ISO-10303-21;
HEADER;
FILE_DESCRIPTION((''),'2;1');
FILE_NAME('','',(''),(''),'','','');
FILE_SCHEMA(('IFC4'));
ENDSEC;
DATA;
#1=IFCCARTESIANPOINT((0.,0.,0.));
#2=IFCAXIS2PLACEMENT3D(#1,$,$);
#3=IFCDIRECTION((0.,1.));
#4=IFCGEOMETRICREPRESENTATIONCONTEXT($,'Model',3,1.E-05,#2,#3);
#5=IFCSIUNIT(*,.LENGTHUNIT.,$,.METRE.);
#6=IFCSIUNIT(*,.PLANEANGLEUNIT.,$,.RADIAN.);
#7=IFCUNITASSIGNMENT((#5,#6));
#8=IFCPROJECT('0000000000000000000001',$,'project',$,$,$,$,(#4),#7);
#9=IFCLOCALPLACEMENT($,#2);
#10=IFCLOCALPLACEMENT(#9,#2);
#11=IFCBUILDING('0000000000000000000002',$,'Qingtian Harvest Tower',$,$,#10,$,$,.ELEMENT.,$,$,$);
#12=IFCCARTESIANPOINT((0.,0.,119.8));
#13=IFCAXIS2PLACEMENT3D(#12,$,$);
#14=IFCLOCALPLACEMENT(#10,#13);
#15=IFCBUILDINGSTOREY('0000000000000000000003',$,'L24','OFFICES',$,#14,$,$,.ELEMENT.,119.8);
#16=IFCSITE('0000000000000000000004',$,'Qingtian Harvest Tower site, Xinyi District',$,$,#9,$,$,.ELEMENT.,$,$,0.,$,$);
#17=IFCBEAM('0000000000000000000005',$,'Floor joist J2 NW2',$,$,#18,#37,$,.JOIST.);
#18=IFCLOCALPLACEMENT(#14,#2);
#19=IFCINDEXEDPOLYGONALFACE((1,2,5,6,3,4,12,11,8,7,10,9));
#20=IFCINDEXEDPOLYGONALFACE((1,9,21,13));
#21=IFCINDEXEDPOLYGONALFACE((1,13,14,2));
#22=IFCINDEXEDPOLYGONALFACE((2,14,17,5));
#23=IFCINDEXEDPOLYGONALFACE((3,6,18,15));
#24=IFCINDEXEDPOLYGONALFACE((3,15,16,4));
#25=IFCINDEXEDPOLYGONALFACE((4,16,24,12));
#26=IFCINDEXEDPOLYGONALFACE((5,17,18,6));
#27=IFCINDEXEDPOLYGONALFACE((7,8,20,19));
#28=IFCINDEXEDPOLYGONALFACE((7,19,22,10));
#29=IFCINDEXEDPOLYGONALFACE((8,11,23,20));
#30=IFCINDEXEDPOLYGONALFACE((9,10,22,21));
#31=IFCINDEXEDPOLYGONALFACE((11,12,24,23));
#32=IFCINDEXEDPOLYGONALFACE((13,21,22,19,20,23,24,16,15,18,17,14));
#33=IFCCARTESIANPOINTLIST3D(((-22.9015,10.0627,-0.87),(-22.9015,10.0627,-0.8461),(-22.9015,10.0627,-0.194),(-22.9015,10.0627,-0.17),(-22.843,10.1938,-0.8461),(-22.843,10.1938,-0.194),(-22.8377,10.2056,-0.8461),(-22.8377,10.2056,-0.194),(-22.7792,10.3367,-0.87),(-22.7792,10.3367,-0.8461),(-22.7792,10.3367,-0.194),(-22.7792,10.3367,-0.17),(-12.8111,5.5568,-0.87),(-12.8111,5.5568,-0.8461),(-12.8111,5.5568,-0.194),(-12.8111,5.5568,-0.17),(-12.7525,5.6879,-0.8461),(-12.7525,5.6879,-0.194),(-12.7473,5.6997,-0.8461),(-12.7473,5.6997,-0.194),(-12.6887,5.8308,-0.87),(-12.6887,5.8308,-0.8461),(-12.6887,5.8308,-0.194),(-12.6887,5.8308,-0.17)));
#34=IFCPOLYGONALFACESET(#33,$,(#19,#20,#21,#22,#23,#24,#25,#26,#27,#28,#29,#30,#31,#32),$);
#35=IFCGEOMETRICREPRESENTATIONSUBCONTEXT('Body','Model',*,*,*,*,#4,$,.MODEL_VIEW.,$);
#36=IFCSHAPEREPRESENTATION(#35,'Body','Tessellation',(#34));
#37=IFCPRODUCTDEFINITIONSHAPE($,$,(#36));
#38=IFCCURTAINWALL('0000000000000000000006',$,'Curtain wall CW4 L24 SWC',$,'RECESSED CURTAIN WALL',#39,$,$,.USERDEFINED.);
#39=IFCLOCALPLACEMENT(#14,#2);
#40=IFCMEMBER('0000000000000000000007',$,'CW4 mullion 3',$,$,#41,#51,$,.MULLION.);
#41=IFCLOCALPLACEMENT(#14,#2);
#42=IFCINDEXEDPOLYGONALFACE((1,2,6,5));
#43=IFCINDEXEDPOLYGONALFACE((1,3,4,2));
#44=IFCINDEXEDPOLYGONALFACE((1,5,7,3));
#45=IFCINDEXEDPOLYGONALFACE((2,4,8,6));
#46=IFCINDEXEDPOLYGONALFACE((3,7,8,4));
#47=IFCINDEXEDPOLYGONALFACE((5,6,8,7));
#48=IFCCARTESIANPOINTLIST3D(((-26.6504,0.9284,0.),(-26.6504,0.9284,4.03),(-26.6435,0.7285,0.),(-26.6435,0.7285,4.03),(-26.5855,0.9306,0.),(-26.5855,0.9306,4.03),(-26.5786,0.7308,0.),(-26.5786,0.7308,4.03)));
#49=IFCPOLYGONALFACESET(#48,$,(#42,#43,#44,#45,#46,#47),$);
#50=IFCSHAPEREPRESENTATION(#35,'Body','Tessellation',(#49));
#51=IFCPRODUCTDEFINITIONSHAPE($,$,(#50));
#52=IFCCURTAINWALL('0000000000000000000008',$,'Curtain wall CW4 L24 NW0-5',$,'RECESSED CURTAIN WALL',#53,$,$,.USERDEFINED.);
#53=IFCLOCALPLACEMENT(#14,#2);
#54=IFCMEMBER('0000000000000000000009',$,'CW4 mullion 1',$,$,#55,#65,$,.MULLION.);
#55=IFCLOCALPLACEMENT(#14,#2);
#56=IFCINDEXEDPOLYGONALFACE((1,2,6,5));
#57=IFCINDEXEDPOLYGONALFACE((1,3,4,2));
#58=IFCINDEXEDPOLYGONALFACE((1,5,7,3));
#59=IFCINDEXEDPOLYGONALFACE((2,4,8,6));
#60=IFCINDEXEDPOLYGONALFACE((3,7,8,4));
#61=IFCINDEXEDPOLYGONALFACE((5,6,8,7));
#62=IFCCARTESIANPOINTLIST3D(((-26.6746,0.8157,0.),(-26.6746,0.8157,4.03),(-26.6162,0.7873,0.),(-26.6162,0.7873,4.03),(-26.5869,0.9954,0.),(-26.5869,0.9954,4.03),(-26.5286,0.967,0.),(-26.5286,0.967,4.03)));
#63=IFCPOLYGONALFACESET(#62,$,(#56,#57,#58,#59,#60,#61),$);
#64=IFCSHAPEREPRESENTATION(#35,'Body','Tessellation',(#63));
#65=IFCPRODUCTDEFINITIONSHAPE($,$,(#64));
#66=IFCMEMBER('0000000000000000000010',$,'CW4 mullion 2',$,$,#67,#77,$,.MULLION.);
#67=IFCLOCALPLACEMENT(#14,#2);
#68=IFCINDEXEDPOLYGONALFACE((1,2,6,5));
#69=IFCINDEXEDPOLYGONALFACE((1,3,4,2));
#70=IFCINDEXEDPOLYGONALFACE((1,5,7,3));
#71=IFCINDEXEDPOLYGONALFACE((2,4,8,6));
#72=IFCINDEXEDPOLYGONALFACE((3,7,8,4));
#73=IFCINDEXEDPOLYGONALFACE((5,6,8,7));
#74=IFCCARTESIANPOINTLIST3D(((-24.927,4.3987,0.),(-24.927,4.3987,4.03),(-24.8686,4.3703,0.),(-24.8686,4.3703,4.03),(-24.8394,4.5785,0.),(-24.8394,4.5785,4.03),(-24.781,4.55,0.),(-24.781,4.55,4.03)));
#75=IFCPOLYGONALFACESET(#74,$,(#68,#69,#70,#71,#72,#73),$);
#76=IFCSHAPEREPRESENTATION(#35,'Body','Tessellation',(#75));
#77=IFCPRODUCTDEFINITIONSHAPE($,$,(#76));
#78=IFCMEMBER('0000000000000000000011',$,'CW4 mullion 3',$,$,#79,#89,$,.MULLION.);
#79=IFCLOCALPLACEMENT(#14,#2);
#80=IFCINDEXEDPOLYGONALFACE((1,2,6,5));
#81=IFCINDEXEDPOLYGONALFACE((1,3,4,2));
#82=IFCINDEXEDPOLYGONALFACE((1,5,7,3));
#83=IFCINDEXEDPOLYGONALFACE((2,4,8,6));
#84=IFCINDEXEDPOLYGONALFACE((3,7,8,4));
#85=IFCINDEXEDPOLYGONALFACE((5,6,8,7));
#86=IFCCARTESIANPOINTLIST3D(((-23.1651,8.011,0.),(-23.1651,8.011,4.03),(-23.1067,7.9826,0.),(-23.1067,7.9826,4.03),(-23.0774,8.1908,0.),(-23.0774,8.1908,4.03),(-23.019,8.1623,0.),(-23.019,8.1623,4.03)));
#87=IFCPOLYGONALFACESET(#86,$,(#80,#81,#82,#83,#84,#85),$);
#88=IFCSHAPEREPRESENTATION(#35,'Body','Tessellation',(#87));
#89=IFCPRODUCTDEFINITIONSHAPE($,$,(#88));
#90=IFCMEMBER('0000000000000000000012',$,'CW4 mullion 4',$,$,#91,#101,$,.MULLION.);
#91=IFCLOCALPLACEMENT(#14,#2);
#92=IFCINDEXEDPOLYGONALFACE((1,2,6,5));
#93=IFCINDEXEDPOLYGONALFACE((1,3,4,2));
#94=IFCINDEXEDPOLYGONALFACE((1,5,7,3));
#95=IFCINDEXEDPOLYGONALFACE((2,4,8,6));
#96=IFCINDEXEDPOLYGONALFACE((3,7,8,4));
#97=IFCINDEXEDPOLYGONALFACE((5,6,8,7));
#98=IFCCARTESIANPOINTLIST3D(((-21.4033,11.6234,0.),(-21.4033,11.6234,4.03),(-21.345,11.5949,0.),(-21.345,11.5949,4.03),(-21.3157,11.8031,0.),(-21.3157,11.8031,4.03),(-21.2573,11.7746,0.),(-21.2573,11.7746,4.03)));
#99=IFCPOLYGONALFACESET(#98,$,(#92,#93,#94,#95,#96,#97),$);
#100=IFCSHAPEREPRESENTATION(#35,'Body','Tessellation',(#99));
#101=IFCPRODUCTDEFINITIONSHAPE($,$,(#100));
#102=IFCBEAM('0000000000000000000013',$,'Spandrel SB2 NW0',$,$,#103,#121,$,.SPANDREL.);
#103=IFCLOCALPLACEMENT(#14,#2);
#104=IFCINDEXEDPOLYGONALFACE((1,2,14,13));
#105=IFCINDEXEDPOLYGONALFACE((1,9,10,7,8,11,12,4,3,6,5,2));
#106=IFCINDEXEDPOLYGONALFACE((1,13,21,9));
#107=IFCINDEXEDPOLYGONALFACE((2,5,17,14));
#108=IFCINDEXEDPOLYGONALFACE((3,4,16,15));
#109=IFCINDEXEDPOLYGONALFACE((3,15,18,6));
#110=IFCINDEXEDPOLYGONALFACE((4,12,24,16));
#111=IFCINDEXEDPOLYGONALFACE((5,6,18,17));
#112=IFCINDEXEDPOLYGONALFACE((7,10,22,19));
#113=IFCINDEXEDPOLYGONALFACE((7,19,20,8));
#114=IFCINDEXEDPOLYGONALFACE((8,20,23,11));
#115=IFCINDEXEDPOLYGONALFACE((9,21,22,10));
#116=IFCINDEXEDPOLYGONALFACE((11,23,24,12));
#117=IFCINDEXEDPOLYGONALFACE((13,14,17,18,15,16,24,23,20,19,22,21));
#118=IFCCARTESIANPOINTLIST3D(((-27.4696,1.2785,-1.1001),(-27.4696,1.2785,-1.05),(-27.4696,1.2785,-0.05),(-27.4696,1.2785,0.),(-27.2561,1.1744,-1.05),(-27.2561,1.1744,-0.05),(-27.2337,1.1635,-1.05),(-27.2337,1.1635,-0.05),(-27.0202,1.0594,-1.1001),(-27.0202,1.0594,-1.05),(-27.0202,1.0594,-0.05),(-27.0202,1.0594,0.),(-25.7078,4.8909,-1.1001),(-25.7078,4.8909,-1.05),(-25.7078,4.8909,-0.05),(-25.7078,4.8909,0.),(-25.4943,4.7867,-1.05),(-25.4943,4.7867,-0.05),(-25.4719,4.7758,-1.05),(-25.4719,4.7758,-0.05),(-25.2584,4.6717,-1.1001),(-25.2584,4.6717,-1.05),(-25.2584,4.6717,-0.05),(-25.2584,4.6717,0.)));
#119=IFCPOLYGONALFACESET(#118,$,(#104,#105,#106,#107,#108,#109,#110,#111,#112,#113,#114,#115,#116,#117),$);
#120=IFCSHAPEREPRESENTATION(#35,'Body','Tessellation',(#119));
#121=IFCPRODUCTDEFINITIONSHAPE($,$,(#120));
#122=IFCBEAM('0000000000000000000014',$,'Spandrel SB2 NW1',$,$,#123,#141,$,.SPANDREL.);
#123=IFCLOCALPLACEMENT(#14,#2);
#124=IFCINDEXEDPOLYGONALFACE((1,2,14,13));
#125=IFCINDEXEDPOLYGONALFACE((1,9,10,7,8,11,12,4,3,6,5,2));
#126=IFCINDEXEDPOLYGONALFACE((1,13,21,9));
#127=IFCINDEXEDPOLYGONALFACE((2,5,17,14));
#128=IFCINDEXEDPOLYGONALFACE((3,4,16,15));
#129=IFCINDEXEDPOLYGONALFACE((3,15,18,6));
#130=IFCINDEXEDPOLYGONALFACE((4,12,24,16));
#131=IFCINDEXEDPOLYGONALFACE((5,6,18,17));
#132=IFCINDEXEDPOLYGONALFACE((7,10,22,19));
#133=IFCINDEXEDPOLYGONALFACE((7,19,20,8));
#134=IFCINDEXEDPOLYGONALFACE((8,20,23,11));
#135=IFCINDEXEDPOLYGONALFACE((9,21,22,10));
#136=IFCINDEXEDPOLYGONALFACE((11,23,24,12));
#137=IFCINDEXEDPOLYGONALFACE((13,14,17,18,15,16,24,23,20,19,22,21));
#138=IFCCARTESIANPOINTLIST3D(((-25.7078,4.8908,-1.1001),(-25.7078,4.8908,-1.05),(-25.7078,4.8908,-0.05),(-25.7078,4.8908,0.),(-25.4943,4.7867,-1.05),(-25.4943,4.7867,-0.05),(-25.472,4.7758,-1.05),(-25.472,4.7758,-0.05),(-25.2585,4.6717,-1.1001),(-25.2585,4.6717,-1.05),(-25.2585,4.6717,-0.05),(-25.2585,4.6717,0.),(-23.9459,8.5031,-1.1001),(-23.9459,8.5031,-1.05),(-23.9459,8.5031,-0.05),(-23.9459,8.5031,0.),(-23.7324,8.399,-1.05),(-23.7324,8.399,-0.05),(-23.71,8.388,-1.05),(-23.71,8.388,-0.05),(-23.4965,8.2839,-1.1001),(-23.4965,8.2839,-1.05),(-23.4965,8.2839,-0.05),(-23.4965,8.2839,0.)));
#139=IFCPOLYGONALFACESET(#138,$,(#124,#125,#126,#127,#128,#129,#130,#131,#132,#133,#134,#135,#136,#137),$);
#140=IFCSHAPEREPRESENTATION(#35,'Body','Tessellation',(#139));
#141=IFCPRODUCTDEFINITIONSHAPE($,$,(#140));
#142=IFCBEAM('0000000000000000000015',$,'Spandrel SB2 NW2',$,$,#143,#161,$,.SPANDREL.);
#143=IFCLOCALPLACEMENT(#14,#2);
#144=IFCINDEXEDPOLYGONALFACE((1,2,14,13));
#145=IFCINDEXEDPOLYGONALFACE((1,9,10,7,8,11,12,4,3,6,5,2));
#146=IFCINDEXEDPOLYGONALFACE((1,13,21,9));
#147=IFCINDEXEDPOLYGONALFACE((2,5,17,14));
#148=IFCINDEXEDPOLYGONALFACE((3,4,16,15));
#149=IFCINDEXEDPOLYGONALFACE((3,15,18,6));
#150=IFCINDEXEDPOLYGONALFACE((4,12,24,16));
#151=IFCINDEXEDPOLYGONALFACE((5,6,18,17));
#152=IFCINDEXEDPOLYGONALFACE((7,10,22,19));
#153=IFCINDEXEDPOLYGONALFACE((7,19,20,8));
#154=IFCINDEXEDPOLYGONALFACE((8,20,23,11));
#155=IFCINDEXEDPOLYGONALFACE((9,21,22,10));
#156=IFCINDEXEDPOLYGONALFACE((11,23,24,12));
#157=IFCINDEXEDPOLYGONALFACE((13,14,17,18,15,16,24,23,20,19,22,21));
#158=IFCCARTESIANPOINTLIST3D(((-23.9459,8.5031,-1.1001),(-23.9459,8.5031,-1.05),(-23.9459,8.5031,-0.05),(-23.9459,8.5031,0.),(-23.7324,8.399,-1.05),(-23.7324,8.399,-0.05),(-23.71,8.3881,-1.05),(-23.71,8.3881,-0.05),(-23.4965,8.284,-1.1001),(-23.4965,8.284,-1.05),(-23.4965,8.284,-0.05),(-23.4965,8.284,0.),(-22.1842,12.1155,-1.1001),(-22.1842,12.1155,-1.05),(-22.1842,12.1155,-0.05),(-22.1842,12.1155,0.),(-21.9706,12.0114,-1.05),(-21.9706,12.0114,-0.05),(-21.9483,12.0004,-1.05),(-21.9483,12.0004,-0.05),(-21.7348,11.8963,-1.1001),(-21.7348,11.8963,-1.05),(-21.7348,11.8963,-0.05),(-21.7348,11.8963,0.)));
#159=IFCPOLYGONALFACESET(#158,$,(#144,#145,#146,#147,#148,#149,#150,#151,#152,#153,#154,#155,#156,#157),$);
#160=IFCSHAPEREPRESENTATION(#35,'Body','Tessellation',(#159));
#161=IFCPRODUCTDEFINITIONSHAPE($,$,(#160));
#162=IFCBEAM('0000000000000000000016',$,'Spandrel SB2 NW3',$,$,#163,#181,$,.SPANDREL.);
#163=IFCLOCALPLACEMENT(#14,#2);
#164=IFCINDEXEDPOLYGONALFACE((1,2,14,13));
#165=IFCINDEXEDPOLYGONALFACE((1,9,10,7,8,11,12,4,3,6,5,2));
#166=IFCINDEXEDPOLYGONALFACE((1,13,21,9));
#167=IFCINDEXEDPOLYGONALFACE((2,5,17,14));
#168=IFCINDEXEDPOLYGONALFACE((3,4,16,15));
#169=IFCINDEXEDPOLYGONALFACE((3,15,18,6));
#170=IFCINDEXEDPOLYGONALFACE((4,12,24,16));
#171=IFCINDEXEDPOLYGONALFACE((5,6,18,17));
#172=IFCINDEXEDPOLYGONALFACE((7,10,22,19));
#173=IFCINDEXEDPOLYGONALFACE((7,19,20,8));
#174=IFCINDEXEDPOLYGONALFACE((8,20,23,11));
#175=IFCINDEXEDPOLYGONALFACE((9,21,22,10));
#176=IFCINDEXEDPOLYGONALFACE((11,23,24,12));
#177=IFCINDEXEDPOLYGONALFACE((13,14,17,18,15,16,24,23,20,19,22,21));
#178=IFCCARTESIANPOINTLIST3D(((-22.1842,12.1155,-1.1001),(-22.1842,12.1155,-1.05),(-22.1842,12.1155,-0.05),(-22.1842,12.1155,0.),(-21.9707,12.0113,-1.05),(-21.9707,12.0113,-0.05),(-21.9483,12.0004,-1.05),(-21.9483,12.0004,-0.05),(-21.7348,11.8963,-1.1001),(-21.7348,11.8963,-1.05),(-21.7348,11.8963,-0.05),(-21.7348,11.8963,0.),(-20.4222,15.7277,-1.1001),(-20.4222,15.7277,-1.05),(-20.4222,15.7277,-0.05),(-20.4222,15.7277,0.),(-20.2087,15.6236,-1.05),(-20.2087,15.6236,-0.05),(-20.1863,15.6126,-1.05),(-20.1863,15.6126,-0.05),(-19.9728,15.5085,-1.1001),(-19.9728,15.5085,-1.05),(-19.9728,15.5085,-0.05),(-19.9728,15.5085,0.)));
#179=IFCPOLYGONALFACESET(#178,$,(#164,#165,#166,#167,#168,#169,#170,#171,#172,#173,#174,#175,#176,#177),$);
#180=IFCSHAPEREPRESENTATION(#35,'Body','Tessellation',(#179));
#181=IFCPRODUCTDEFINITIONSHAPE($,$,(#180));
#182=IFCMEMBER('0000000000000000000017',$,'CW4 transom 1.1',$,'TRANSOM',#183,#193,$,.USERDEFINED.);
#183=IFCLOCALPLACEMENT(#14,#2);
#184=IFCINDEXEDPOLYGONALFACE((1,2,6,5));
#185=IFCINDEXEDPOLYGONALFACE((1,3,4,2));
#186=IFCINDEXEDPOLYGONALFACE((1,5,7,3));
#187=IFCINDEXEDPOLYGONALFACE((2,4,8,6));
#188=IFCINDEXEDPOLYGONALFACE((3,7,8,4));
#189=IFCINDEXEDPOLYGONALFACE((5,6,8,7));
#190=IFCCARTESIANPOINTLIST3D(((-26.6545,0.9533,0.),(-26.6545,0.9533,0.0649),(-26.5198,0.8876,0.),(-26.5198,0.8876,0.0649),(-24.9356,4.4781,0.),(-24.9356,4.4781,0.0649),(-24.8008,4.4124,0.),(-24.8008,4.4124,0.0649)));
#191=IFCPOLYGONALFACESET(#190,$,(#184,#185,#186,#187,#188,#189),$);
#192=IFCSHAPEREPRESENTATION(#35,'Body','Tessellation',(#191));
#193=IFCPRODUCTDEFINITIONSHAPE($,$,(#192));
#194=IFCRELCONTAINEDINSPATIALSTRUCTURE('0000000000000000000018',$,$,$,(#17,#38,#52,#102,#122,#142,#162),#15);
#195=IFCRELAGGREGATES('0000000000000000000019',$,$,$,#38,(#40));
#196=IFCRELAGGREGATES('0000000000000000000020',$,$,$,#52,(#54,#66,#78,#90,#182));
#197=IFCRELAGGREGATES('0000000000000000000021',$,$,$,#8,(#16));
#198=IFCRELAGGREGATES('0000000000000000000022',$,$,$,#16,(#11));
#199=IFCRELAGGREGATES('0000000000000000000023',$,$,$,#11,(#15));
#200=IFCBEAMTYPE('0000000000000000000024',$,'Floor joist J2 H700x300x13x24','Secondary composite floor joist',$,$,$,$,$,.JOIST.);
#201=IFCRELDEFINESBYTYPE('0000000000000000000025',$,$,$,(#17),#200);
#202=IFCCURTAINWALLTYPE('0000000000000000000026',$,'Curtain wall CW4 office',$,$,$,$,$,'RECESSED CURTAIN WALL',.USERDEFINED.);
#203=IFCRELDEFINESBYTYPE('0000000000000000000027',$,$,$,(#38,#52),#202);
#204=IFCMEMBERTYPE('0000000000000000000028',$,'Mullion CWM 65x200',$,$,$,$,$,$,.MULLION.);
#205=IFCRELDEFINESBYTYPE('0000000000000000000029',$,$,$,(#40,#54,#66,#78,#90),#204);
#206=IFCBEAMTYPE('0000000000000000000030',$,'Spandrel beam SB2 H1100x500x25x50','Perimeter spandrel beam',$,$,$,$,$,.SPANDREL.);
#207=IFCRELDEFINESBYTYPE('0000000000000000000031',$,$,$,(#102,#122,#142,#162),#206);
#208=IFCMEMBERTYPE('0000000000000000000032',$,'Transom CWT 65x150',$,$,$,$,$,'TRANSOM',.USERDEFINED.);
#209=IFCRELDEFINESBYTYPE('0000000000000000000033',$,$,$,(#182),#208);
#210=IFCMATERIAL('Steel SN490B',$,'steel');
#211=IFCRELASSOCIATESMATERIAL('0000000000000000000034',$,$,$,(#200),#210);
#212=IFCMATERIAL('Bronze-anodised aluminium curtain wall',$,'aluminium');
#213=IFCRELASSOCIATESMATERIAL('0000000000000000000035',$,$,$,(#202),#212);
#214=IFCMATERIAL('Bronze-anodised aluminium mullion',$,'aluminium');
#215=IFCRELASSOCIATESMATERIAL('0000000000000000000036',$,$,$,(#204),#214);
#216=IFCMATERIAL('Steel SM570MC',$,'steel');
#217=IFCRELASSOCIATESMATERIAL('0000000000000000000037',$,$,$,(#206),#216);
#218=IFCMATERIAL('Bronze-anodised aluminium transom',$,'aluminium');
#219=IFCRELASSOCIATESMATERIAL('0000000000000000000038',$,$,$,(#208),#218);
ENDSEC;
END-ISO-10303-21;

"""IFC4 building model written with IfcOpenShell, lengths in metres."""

from ifc_helpers import new_model, si_unit, direction, frame, origin, origin_2d, place, context, subcontext, project, spatial, rectangle, i_section, extrude, material, material_profile, profile_set, type_object, element, aggregate, save


model = new_model("IFC4")

# Units and contexts
model_context = context("Model", 3, precision=1e-05, world=origin(), true_north=direction((0.0, 1.0)))
body_context = subcontext(model_context, "Body", "Model", "MODEL_VIEW")
ifc_project = project(units=[si_unit("LENGTHUNIT", "METRE"), si_unit("PLANEANGLEUNIT", "RADIAN")], contexts=[model_context])

# Site, building, storey
site_placement = place(None, origin())
site = spatial("IfcSite", under=ifc_project, at=site_placement, Name="Qingtian Harvest Tower site, Xinyi District", CompositionType="ELEMENT", RefElevation=0.0)
building_placement = place(site_placement, origin())
building = spatial("IfcBuilding", under=site, at=building_placement, Name="Qingtian Harvest Tower", CompositionType="ELEMENT")
storey_placement = place(building_placement, frame((0.0, 0.0, 119.8)))
storey = spatial("IfcBuildingStorey", under=building, at=storey_placement, Name="L24", Description="OFFICES", CompositionType="ELEMENT", Elevation=119.8)

# Beam
ifc_material_1 = material(Name="Steel SN490B", Category="steel")
ifc_material_profile_1 = material_profile(ifc_material_1, i_section(OverallWidth=0.3, OverallDepth=0.7, WebThickness=0.0129, FlangeThickness=0.0239, at=origin_2d()), Name="H700x300x13x24")
ifc_profile_set_1 = profile_set([ifc_material_profile_1], Name="Steel SN490B")
beam_type_1 = type_object("IfcBeamType", Name="Floor joist J2 H700x300x13x24", Description="Secondary composite floor joist", PredefinedType="JOIST", material=ifc_profile_set_1)
beam_1_placement = place(storey_placement, frame((-22.8403, 10.1997, -0.52), z_axis=(0.913096, -0.407745, 0.0), x_axis=(0.407745, 0.913096, 0.0)))
element("IfcBeam", 1, at=beam_1_placement, inside=storey, type_object=beam_type_1, Name="Floor joist J2 NW2", PredefinedType="JOIST", context=body_context, shape_type="SweptSolid", body=[
    extrude(i_section(OverallWidth=0.3, OverallDepth=0.7, WebThickness=0.0129, FlangeThickness=0.0239, at=origin_2d()), origin(), (0.0, 0.0, 1.0), 11.0508),
])

# Curtain wall, member
ifc_material_2 = material(Name="Bronze-anodised aluminium curtain wall", Category="aluminium")
curtain_wall_type = type_object("IfcCurtainWallType", Name="Curtain wall CW4 office", ElementType="RECESSED CURTAIN WALL", PredefinedType="USERDEFINED", material=ifc_material_2)
curtain_wall_1_placement = place(storey_placement, origin())
curtain_wall_1 = element("IfcCurtainWall", 2, at=curtain_wall_1_placement, inside=storey, type_object=curtain_wall_type, Name="Curtain wall CW4 L24 SWC", ObjectType="RECESSED CURTAIN WALL", PredefinedType="USERDEFINED")
ifc_material_3 = material(Name="Bronze-anodised aluminium mullion", Category="aluminium")
ifc_material_profile_2 = material_profile(ifc_material_3, rectangle(XDim=0.0649, YDim=0.2, at=origin_2d()), Name="AL 65x200")
ifc_profile_set_2 = profile_set([ifc_material_profile_2], Name="Bronze-anodised aluminium mullion")
member_type_1 = type_object("IfcMemberType", Name="Mullion CWM 65x200", PredefinedType="MULLION", material=ifc_profile_set_2)
member_1_placement = place(storey_placement, frame((-26.6145, 0.8296, 0.0), z_axis=(0.0, 0.0, 1.0), x_axis=(-0.999391, -0.034899, 0.0)))
member_1 = element("IfcMember", 3, at=member_1_placement, type_object=member_type_1, Name="CW4 mullion 3", PredefinedType="MULLION", context=body_context, shape_type="SweptSolid", body=[
    extrude(rectangle(XDim=0.0649, YDim=0.2, at=origin_2d()), origin(), (0.0, 0.0, 1.0), 4.03),
])
aggregate(curtain_wall_1, [member_1])

# Curtain wall, members
curtain_wall_2_placement = place(storey_placement, origin())
curtain_wall_2 = element("IfcCurtainWall", 4, at=curtain_wall_2_placement, inside=storey, type_object=curtain_wall_type, Name="Curtain wall CW4 L24 NW0-5", ObjectType="RECESSED CURTAIN WALL", PredefinedType="USERDEFINED")
member_2_placement = place(storey_placement, frame((-26.6016, 0.8914, 0.0), z_axis=(0.0, 0.0, 1.0), x_axis=(-0.898794, 0.438371, 0.0)))
member_2 = element("IfcMember", 5, at=member_2_placement, type_object=member_type_1, Name="CW4 mullion 1", PredefinedType="MULLION", context=body_context, shape_type="SweptSolid", body=[
    extrude(rectangle(XDim=0.0649, YDim=0.2, at=origin_2d()), origin(), (0.0, 0.0, 1.0), 4.03),
])
member_3_placement = place(storey_placement, frame((-24.854, 4.4744, 0.0), z_axis=(0.0, 0.0, 1.0), x_axis=(-0.898794, 0.438371, 0.0)))
member_3 = element("IfcMember", 6, at=member_3_placement, type_object=member_type_1, Name="CW4 mullion 2", PredefinedType="MULLION", context=body_context, shape_type="SweptSolid", body=[
    extrude(rectangle(XDim=0.0649, YDim=0.2, at=origin_2d()), origin(), (0.0, 0.0, 1.0), 4.03),
])
member_4_placement = place(storey_placement, frame((-23.092, 8.0867, 0.0), z_axis=(0.0, 0.0, 1.0), x_axis=(-0.898794, 0.438371, 0.0)))
member_4 = element("IfcMember", 7, at=member_4_placement, type_object=member_type_1, Name="CW4 mullion 3", PredefinedType="MULLION", context=body_context, shape_type="SweptSolid", body=[
    extrude(rectangle(XDim=0.0649, YDim=0.2, at=origin_2d()), origin(), (0.0, 0.0, 1.0), 4.03),
])
member_5_placement = place(storey_placement, frame((-21.3303, 11.699, 0.0), z_axis=(0.0, 0.0, 1.0), x_axis=(-0.898794, 0.438371, 0.0)))
member_5 = element("IfcMember", 8, at=member_5_placement, type_object=member_type_1, Name="CW4 mullion 4", PredefinedType="MULLION", context=body_context, shape_type="SweptSolid", body=[
    extrude(rectangle(XDim=0.0649, YDim=0.2, at=origin_2d()), origin(), (0.0, 0.0, 1.0), 4.03),
])

# Beams
ifc_material_4 = material(Name="Steel SM570MC", Category="steel")
ifc_material_profile_3 = material_profile(ifc_material_4, i_section(OverallWidth=0.5, OverallDepth=1.1001, WebThickness=0.0249, FlangeThickness=0.05, at=origin_2d()), Name="H1100x500x25x50")
ifc_profile_set_3 = profile_set([ifc_material_profile_3], Name="Steel SM570MC")
beam_type_2 = type_object("IfcBeamType", Name="Spandrel beam SB2 H1100x500x25x50", Description="Perimeter spandrel beam", PredefinedType="SPANDREL", material=ifc_profile_set_3)
for number, where, z_axis, x_axis, name in (
    (9, (-27.2449, 1.1689, -0.55), (0.438347, 0.898806, 0.0), (-0.898806, 0.438347, 0.0), "Spandrel SB2 NW0"),
    (10, (-25.4832, 4.7812, -0.55), (0.438396, 0.898782, 0.0), (-0.898782, 0.438396, 0.0), "Spandrel SB2 NW1"),
    (11, (-23.7212, 8.3936, -0.55), (0.438347, 0.898806, 0.0), (-0.898806, 0.438347, 0.0), "Spandrel SB2 NW2"),
    (12, (-21.9595, 12.0059, -0.55), (0.438396, 0.898782, 0.0), (-0.898782, 0.438396, 0.0), "Spandrel SB2 NW3"),
):
    element("IfcBeam", number, at=place(storey_placement, frame(where, z_axis=z_axis, x_axis=x_axis)), inside=storey, type_object=beam_type_2, Name=name, PredefinedType="SPANDREL", context=body_context, shape_type="SweptSolid", body=[
        extrude(i_section(OverallWidth=0.5, OverallDepth=1.1001, WebThickness=0.0249, FlangeThickness=0.05, at=origin_2d()), origin(), (0.0, 0.0, 1.0), 4.019),
    ])

# Member
ifc_material_5 = material(Name="Bronze-anodised aluminium transom", Category="aluminium")
ifc_material_profile_4 = material_profile(ifc_material_5, rectangle(XDim=0.1499, YDim=0.0649, at=origin_2d()), Name="AL 65x150")
ifc_profile_set_4 = profile_set([ifc_material_profile_4], Name="Bronze-anodised aluminium transom")
member_type_2 = type_object("IfcMemberType", Name="Transom CWT 65x150", ElementType="TRANSOM", PredefinedType="USERDEFINED", material=ifc_profile_set_4)
member_6_placement = place(storey_placement, frame((-26.5872, 0.9204, 0.0325), z_axis=(0.438327, 0.898816, 0.0), x_axis=(-0.898816, 0.438327, 0.0)))
member_6 = element("IfcMember", 13, at=member_6_placement, type_object=member_type_2, Name="CW4 transom 1.1", ObjectType="TRANSOM", PredefinedType="USERDEFINED", context=body_context, shape_type="SweptSolid", body=[
    extrude(rectangle(XDim=0.1499, YDim=0.0649, at=origin_2d()), origin(), (0.0, 0.0, 1.0), 3.9216),
])

aggregate(curtain_wall_2, [member_2, member_3, member_4, member_5, member_6])

save(model, "model.ifc")
